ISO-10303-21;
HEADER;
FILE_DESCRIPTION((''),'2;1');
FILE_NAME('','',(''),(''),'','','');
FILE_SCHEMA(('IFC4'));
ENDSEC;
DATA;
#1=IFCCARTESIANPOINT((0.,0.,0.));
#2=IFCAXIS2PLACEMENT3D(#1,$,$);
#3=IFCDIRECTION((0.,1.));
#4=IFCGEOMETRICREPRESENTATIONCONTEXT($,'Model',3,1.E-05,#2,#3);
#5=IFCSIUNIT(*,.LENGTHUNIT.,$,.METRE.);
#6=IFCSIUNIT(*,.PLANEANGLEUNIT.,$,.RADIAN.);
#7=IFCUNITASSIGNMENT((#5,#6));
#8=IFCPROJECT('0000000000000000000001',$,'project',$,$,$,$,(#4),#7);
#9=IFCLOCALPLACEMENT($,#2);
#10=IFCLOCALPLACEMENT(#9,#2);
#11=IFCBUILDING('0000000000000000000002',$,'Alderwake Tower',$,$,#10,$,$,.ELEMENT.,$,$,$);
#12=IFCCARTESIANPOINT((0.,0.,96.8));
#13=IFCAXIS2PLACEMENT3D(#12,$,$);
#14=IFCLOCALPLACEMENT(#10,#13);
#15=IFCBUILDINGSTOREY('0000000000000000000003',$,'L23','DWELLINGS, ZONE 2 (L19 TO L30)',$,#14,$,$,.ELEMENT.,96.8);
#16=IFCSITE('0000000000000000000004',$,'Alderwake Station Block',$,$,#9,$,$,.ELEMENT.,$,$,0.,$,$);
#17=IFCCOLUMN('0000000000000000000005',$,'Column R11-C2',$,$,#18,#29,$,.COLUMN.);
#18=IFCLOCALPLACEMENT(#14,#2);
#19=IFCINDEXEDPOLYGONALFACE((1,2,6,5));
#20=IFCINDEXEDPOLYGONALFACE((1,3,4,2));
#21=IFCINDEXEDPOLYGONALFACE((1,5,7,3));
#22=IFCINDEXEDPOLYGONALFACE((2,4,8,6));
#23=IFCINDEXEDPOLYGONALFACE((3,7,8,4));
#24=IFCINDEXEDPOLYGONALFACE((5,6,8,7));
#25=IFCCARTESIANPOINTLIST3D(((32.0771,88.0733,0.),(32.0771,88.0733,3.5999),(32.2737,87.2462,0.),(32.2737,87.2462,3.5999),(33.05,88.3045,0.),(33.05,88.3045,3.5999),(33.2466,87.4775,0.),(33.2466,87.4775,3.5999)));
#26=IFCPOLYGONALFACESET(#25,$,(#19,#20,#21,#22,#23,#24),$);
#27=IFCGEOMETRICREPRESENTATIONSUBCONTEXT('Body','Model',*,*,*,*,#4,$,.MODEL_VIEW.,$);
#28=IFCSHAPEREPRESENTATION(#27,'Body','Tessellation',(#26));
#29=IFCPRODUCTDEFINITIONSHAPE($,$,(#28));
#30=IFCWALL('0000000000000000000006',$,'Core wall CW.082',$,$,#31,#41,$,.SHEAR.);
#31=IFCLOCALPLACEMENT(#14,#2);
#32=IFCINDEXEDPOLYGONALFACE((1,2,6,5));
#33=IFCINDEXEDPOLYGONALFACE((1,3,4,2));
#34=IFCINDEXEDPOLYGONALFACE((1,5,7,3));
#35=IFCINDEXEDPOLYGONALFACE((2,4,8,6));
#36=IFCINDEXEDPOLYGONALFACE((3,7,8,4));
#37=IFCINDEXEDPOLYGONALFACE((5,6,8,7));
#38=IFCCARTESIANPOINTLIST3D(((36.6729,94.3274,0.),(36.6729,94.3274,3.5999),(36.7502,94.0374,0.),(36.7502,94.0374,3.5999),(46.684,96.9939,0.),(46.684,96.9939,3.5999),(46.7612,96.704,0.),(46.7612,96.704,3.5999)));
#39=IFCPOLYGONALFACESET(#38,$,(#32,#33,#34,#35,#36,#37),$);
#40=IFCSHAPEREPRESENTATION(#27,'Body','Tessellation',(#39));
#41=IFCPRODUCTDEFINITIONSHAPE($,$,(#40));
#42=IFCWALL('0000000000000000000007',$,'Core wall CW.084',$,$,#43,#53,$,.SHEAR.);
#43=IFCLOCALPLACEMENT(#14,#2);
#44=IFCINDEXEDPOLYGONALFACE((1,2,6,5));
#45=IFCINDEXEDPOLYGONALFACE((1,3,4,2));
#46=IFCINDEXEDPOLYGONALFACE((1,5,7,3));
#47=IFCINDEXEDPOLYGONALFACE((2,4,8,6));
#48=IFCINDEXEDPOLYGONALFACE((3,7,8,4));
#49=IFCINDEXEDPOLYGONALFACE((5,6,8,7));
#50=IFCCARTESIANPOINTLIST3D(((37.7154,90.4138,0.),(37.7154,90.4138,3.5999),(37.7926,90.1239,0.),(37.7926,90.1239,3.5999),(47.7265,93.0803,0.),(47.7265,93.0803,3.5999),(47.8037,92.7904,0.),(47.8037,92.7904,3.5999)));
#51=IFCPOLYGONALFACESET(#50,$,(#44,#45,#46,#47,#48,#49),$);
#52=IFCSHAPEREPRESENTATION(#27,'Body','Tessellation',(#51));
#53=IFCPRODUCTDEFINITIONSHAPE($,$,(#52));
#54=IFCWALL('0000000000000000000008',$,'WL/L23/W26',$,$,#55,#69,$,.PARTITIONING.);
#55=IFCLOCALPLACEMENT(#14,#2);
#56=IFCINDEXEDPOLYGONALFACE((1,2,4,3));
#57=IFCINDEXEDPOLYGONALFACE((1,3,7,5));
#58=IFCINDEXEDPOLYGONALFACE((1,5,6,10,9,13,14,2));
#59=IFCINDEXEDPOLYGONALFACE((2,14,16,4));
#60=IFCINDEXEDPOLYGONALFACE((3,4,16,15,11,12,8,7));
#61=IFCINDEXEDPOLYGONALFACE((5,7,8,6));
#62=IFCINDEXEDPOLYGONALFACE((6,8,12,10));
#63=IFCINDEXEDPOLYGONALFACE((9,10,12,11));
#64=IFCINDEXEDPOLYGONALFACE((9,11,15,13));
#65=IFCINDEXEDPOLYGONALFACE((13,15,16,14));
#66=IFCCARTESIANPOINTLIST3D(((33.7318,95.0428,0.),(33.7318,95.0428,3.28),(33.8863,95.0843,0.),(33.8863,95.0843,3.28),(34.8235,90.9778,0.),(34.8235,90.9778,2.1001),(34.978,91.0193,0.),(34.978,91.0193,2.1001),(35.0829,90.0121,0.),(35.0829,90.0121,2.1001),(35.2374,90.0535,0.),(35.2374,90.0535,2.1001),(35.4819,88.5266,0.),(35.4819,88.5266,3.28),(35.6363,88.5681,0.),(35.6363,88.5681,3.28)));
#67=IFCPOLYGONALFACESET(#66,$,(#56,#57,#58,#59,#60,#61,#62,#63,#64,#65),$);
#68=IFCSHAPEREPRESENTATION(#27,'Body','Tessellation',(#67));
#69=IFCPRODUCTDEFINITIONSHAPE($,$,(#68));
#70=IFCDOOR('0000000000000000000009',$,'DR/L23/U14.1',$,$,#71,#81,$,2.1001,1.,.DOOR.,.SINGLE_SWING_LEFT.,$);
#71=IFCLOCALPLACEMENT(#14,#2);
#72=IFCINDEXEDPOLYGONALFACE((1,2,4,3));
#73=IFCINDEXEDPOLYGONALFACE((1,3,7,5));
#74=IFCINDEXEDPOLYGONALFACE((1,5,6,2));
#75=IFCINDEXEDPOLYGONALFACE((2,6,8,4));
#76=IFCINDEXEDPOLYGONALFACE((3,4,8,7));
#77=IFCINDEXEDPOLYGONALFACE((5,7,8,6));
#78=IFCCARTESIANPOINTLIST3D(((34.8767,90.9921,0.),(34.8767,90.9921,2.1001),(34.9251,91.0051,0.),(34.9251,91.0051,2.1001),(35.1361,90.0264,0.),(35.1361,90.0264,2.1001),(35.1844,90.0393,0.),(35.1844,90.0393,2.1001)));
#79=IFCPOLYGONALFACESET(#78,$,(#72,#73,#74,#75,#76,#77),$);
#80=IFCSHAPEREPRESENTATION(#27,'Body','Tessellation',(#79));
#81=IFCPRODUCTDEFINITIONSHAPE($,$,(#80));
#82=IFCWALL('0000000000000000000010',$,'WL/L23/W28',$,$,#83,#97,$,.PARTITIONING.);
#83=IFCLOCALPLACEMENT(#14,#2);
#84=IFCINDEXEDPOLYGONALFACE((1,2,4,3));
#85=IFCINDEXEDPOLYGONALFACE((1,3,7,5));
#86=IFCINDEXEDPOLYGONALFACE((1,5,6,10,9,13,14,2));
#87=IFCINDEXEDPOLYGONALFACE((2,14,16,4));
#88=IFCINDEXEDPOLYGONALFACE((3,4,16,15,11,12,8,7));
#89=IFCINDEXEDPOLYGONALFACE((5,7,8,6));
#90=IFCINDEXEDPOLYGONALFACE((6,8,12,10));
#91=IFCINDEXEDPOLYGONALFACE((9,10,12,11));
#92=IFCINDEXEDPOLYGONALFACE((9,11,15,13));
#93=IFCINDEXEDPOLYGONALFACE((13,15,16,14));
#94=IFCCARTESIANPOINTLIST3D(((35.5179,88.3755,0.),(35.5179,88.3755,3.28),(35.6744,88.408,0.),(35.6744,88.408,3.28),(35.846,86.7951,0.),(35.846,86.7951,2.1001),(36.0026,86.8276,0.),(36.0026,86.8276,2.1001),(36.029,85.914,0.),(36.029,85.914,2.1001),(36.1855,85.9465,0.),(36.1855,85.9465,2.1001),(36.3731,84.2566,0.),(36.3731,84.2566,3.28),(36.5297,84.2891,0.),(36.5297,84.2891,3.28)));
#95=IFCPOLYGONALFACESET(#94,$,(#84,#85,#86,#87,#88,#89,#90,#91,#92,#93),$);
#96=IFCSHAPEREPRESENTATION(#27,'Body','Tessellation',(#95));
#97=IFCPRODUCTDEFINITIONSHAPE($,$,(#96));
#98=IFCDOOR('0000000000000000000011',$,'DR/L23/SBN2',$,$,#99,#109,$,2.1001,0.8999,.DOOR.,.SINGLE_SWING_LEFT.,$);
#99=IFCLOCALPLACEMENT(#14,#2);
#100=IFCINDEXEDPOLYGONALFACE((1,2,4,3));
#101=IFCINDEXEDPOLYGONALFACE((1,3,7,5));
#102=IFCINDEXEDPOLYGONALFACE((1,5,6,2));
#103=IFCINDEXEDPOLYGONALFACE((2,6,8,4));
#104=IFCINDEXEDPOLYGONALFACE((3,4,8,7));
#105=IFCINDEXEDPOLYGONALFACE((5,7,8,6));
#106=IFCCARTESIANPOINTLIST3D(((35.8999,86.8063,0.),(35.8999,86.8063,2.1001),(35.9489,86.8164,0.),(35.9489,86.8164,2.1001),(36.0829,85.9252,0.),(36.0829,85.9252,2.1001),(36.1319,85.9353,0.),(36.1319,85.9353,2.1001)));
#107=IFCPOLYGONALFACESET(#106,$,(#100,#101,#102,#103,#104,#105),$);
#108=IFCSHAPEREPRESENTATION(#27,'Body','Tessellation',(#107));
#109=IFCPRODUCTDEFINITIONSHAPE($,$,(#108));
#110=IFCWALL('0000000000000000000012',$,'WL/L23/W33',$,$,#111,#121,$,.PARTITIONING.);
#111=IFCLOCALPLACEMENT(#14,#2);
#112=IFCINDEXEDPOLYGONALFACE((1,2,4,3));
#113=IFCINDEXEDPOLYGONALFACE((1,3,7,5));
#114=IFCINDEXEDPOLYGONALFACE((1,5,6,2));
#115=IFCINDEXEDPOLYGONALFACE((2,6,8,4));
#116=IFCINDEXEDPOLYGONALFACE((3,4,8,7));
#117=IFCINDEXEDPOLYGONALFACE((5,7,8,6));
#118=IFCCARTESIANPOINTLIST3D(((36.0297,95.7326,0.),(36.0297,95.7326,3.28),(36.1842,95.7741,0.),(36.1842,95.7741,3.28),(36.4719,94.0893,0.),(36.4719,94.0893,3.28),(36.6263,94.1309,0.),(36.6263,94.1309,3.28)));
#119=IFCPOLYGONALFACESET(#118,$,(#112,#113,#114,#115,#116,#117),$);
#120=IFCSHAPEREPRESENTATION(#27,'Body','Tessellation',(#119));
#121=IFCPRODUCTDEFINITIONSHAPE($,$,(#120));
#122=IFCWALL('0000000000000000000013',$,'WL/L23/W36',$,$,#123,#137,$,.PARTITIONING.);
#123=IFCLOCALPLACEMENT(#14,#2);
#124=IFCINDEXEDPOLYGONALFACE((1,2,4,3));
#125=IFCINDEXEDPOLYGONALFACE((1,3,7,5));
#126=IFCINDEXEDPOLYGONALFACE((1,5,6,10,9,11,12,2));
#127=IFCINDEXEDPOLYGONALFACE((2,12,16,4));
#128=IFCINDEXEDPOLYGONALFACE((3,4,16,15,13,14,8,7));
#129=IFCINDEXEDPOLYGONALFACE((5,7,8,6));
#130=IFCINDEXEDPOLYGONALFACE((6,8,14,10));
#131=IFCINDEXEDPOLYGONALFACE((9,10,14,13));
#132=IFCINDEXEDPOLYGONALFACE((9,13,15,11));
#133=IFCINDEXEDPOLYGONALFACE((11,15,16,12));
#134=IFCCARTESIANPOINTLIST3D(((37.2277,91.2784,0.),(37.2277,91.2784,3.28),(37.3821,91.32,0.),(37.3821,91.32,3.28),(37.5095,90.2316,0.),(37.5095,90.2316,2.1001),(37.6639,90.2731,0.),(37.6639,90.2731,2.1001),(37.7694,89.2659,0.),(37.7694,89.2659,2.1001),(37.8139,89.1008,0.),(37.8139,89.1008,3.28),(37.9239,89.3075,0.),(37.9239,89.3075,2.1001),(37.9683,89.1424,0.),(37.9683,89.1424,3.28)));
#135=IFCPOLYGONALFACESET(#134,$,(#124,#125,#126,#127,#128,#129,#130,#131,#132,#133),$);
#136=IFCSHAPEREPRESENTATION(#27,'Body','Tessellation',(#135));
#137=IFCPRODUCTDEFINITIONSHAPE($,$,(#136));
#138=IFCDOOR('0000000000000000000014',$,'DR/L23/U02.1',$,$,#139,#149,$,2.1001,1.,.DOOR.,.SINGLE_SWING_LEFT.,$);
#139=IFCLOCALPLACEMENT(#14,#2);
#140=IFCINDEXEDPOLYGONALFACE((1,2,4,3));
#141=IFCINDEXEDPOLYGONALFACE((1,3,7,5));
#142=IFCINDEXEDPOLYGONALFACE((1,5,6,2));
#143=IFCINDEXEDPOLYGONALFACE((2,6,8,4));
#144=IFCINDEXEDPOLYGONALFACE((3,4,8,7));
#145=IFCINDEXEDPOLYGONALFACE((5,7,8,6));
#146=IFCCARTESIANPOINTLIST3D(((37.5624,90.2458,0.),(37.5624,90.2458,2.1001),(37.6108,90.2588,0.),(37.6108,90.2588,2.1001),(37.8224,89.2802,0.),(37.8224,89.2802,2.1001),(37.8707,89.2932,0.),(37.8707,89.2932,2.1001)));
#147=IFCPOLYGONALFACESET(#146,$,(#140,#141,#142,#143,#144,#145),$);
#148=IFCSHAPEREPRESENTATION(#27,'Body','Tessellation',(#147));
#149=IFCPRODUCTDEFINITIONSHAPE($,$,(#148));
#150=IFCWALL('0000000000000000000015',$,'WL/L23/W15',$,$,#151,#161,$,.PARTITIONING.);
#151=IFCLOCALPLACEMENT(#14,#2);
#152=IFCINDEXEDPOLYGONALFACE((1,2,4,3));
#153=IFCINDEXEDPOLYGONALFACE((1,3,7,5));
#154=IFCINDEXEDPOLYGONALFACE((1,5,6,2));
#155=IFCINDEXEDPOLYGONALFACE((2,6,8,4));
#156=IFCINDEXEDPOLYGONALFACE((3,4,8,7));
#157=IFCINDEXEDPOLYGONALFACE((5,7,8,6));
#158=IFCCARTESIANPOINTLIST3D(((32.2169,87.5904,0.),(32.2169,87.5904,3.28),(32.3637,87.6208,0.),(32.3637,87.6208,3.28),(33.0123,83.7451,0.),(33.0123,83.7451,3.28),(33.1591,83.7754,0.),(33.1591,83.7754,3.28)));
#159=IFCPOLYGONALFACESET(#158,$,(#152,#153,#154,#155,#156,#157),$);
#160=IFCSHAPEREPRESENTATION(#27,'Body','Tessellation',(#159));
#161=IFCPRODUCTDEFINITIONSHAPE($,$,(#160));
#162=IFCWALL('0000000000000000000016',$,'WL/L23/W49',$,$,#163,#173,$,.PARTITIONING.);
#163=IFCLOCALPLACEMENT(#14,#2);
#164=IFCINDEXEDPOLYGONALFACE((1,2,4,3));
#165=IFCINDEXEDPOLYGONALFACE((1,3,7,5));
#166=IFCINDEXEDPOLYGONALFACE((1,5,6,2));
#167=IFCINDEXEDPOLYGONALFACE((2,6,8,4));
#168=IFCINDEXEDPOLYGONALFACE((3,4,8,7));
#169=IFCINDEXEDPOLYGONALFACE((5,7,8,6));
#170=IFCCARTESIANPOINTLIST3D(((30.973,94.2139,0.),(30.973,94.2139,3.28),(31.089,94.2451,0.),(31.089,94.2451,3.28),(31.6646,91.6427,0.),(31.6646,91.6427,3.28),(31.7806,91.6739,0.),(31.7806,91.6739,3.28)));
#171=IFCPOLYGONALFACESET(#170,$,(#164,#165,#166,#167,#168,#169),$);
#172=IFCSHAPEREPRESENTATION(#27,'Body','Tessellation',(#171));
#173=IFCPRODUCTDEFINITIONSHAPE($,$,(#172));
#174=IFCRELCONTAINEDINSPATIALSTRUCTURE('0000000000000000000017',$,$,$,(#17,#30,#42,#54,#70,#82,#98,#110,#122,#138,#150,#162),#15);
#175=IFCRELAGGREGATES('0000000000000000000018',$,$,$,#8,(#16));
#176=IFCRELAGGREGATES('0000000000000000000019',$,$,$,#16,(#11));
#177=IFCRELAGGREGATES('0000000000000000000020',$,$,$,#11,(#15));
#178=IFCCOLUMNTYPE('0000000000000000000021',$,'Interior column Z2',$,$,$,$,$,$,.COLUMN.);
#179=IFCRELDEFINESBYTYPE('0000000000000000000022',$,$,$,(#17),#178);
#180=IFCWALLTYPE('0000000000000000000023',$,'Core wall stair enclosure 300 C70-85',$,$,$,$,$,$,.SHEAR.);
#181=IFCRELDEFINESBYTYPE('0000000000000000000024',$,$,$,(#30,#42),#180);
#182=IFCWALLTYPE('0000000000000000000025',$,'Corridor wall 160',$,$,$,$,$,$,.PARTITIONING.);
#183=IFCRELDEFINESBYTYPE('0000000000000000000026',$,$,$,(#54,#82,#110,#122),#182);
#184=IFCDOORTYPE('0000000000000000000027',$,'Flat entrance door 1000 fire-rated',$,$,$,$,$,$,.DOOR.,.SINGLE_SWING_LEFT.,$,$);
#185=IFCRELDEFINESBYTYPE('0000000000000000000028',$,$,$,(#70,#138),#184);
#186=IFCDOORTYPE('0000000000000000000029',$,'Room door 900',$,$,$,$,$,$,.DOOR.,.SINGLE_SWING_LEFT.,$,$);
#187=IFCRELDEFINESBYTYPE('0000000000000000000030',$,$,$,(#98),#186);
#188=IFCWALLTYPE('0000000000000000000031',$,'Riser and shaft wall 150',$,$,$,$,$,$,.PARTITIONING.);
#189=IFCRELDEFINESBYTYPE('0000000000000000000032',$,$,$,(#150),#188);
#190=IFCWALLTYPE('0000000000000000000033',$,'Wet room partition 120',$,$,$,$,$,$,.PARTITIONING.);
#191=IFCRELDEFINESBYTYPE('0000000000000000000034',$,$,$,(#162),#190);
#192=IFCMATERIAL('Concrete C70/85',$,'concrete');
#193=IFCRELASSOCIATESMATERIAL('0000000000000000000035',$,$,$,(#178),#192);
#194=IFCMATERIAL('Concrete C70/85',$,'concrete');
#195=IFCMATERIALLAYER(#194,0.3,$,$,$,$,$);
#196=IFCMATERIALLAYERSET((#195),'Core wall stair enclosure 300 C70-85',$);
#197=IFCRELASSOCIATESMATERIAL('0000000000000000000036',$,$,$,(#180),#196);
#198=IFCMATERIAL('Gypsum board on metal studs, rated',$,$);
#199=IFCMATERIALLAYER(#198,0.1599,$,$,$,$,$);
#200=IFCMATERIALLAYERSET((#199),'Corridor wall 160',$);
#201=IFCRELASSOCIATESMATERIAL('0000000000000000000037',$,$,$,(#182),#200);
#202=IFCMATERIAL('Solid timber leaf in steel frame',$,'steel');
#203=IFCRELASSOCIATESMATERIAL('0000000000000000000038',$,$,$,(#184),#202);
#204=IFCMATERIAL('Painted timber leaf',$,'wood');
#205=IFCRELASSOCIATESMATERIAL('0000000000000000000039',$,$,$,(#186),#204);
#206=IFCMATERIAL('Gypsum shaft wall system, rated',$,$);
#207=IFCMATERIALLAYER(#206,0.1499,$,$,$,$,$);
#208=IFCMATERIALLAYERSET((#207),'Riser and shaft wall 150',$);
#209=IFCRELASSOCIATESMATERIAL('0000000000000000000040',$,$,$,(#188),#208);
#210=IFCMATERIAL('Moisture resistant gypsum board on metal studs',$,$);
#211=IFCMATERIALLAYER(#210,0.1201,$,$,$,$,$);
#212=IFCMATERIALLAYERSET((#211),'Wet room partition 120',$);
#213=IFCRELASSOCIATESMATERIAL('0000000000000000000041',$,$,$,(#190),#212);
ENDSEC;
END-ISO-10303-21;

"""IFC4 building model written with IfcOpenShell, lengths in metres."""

from ifc_helpers import new_model, si_unit, direction, frame, frame_2d, origin, origin_2d, place, context, subcontext, project, spatial, rectangle, extrude, material, layer, layer_set, material_profile, profile_set, type_object, element, fill, save


model = new_model("IFC4")

# Units and contexts
model_context = context("Model", 3, precision=1e-05, world=origin(), true_north=direction((0.0, 1.0)))
body_context = subcontext(model_context, "Body", "Model", "MODEL_VIEW")
ifc_project = project(units=[si_unit("LENGTHUNIT", "METRE"), si_unit("PLANEANGLEUNIT", "RADIAN")], contexts=[model_context])

# Site, building, storey
site_placement = place(None, origin())
site = spatial("IfcSite", under=ifc_project, at=site_placement, Name="Alderwake Station Block", CompositionType="ELEMENT", RefElevation=0.0)
building_placement = place(site_placement, origin())
building = spatial("IfcBuilding", under=site, at=building_placement, Name="Alderwake Tower", CompositionType="ELEMENT")
storey_placement = place(building_placement, frame((0.0, 0.0, 96.8)))
storey = spatial("IfcBuildingStorey", under=building, at=storey_placement, Name="L23", Description="DWELLINGS, ZONE 2 (L19 TO L30)", CompositionType="ELEMENT", Elevation=96.8)

# Column
ifc_material_1 = material(Name="Concrete C70/85", Category="concrete")
ifc_material_profile = material_profile(ifc_material_1, rectangle(XDim=0.8501, YDim=1.0, at=origin_2d()), Name="RC 1000X850")
ifc_profile_set = profile_set([ifc_material_profile], Name="Concrete C70/85")
column_type = type_object("IfcColumnType", Name="Interior column Z2", PredefinedType="COLUMN", material=ifc_profile_set)
column_placement = place(storey_placement, frame((32.6619, 87.7754, 0.0), z_axis=(0.0, 0.0, 1.0), x_axis=(-0.231222, 0.972901, 0.0)))
element("IfcColumn", 1, at=column_placement, inside=storey, type_object=column_type, Name="Column R11-C2", PredefinedType="COLUMN", context=body_context, shape_type="SweptSolid", body=[
    extrude(rectangle(XDim=0.8501, YDim=1.0, at=origin_2d()), origin(), (0.0, 0.0, 1.0), 3.5999),
])

# Walls
ifc_material_2 = material(Name="Concrete C70/85", Category="concrete")
ifc_layer_1 = layer(ifc_material_2, 0.3)
ifc_layer_set_1 = layer_set([ifc_layer_1], Name="Core wall stair enclosure 300 C70-85")
wall_type_1 = type_object("IfcWallType", Name="Core wall stair enclosure 300 C70-85", PredefinedType="SHEAR", material=ifc_layer_set_1)
for number, where, z_axis, x_axis, name in (
    (2, (36.7114, 94.1824, 0.0), (0.0, 0.0, 1.0), (0.966309, 0.257384, 0.0), "Core wall CW.082"),
    (3, (37.7539, 90.2688, 0.0), (0.0, 0.0, 1.0), (0.966309, 0.257384, 0.0), "Core wall CW.084"),
):
    element("IfcWall", number, at=place(storey_placement, frame(where, z_axis=z_axis, x_axis=x_axis)), inside=storey, type_object=wall_type_1, Name=name, PredefinedType="SHEAR", context=body_context, shape_type="SweptSolid", body=[
        extrude(rectangle(XDim=10.3601, YDim=0.3, at=frame_2d((5.1802, 0.0))), origin(), (0.0, 0.0, 1.0), 3.5999),
    ])

# Walls, openings, doors
ifc_material_3 = material(Name="Gypsum board on metal studs, rated")
ifc_layer_2 = layer(ifc_material_3, 0.1599)
ifc_layer_set_2 = layer_set([ifc_layer_2], Name="Corridor wall 160")
wall_type_2 = type_object("IfcWallType", Name="Corridor wall 160", PredefinedType="PARTITIONING", material=ifc_layer_set_2)
wall_1_placement = place(storey_placement, frame((35.5591, 88.5474, 0.0), z_axis=(0.0, 0.0, 1.0), x_axis=(-0.259374, 0.965777, 0.0)))
wall_1 = element("IfcWall", 4, at=wall_1_placement, inside=storey, type_object=wall_type_2, Name="WL/L23/W26", PredefinedType="PARTITIONING", context=body_context, shape_type="SweptSolid", body=[
    extrude(rectangle(XDim=6.7471, YDim=0.1599, at=frame_2d((3.3735, 0.0))), origin(), (0.0, 0.0, 1.0), 3.28),
])
opening_1_placement = place(wall_1_placement, frame((1.5381, 0.0, 0.0)))
opening_1 = element("IfcOpeningElement", 5, at=opening_1_placement, cuts=wall_1, PredefinedType="OPENING", context=body_context, shape_type="SweptSolid", body=[
    extrude(rectangle(XDim=1.0, YDim=2.1001, at=frame_2d((0.5, 1.05))), frame((0.0, 0.0898, 0.0), z_axis=(0.0, -1.0, 0.0), x_axis=(1.0, 0.0, 0.0)), (0.0, 0.0, 1.0), 0.1799),
])
ifc_material_4 = material(Name="Solid timber leaf in steel frame", Category="steel")
door_type_1 = type_object("IfcDoorType", Name="Flat entrance door 1000 fire-rated", OperationType="SINGLE_SWING_LEFT", PredefinedType="DOOR", material=ifc_material_4)
door_1_placement = place(opening_1_placement, origin())
door_1 = element("IfcDoor", 6, at=door_1_placement, inside=storey, type_object=door_type_1, Name="DR/L23/U14.1", OperationType="SINGLE_SWING_LEFT", OverallHeight=2.1001, OverallWidth=1.0, PredefinedType="DOOR", context=body_context, shape_type="SweptSolid", body=[
    extrude(rectangle(XDim=1.0, YDim=2.1001, at=frame_2d((0.5, 1.05))), frame((0.0, 0.0249, 0.0), z_axis=(0.0, -1.0, 0.0), x_axis=(1.0, 0.0, 0.0)), (0.0, 0.0, 1.0), 0.05),
])
fill(opening_1, door_1)
wall_2_placement = place(storey_placement, frame((36.4514, 84.2727, 0.0), z_axis=(0.0, 0.0, 1.0), x_axis=(-0.203298, 0.979117, 0.0)))
wall_2 = element("IfcWall", 7, at=wall_2_placement, inside=storey, type_object=wall_type_2, Name="WL/L23/W28", PredefinedType="PARTITIONING", context=body_context, shape_type="SweptSolid", body=[
    extrude(rectangle(XDim=4.2068, YDim=0.1599, at=frame_2d((2.1035, 0.0))), origin(), (0.0, 0.0, 1.0), 3.28),
])
opening_2_placement = place(wall_2_placement, frame((1.6929, 0.0, 0.0)))
opening_2 = element("IfcOpeningElement", 8, at=opening_2_placement, cuts=wall_2, PredefinedType="OPENING", context=body_context, shape_type="SweptSolid", body=[
    extrude(rectangle(XDim=0.8999, YDim=2.1001, at=frame_2d((0.45, 1.05))), frame((0.0, 0.0898, 0.0), z_axis=(0.0, -1.0, 0.0), x_axis=(1.0, 0.0, 0.0)), (0.0, 0.0, 1.0), 0.1799),
])
ifc_material_5 = material(Name="Painted timber leaf", Category="wood")
door_type_2 = type_object("IfcDoorType", Name="Room door 900", OperationType="SINGLE_SWING_LEFT", PredefinedType="DOOR", material=ifc_material_5)
door_2_placement = place(opening_2_placement, origin())
door_2 = element("IfcDoor", 9, at=door_2_placement, inside=storey, type_object=door_type_2, Name="DR/L23/SBN2", OperationType="SINGLE_SWING_LEFT", OverallHeight=2.1001, OverallWidth=0.8999, PredefinedType="DOOR", context=body_context, shape_type="SweptSolid", body=[
    extrude(rectangle(XDim=0.8999, YDim=2.1001, at=frame_2d((0.45, 1.05))), frame((0.0, 0.0249, 0.0), z_axis=(0.0, -1.0, 0.0), x_axis=(1.0, 0.0, 0.0)), (0.0, 0.0, 1.0), 0.05),
])
fill(opening_2, door_2)

# Wall
wall_3_placement = place(storey_placement, frame((36.5491, 94.1101, 0.0), z_axis=(0.0, 0.0, 1.0), x_axis=(-0.259814, 0.965659, 0.0)))
element("IfcWall", 10, at=wall_3_placement, inside=storey, type_object=wall_type_2, Name="WL/L23/W33", PredefinedType="PARTITIONING", context=body_context, shape_type="SweptSolid", body=[
    extrude(rectangle(XDim=1.7017, YDim=0.1599, at=frame_2d((0.8508, 0.0))), origin(), (0.0, 0.0, 1.0), 3.28),
])

# Wall, opening, door
wall_4_placement = place(storey_placement, frame((37.3049, 91.2991, 0.0), z_axis=(0.0, 0.0, 1.0), x_axis=(0.259946, -0.965623, 0.0)))
wall_4 = element("IfcWall", 11, at=wall_4_placement, inside=storey, type_object=wall_type_2, Name="WL/L23/W36", PredefinedType="PARTITIONING", context=body_context, shape_type="SweptSolid", body=[
    extrude(rectangle(XDim=2.2551, YDim=0.1599, at=frame_2d((1.1274, 0.0))), origin(), (0.0, 0.0, 1.0), 3.28),
])
opening_3_placement = place(wall_4_placement, frame((1.084, 0.0, 0.0)))
opening_3 = element("IfcOpeningElement", 12, at=opening_3_placement, cuts=wall_4, PredefinedType="OPENING", context=body_context, shape_type="SweptSolid", body=[
    extrude(rectangle(XDim=1.0, YDim=2.1001, at=frame_2d((0.5, 1.05))), frame((0.0, 0.0898, 0.0), z_axis=(0.0, -1.0, 0.0), x_axis=(1.0, 0.0, 0.0)), (0.0, 0.0, 1.0), 0.1799),
])
door_3_placement = place(opening_3_placement, origin())
door_3 = element("IfcDoor", 13, at=door_3_placement, inside=storey, type_object=door_type_1, Name="DR/L23/U02.1", OperationType="SINGLE_SWING_LEFT", OverallHeight=2.1001, OverallWidth=1.0, PredefinedType="DOOR", context=body_context, shape_type="SweptSolid", body=[
    extrude(rectangle(XDim=1.0, YDim=2.1001, at=frame_2d((0.5, 1.05))), frame((0.0, 0.0249, 0.0), z_axis=(0.0, -1.0, 0.0), x_axis=(1.0, 0.0, 0.0)), (0.0, 0.0, 1.0), 0.05),
])
fill(opening_3, door_3)

# Walls
ifc_material_6 = material(Name="Gypsum shaft wall system, rated")
ifc_layer_3 = layer(ifc_material_6, 0.1499)
ifc_layer_set_3 = layer_set([ifc_layer_3], Name="Riser and shaft wall 150")
wall_type_3 = type_object("IfcWallType", Name="Riser and shaft wall 150", PredefinedType="PARTITIONING", material=ifc_layer_set_3)
wall_5_placement = place(storey_placement, frame((33.0857, 83.7603, 0.0), z_axis=(0.0, 0.0, 1.0), x_axis=(-0.202556, 0.979271, 0.0)))
element("IfcWall", 14, at=wall_5_placement, inside=storey, type_object=wall_type_3, Name="WL/L23/W15", PredefinedType="PARTITIONING", context=body_context, shape_type="SweptSolid", body=[
    extrude(rectangle(XDim=3.9268, YDim=0.1499, at=frame_2d((1.9634, 0.0))), origin(), (0.0, 0.0, 1.0), 3.28),
])
ifc_material_7 = material(Name="Moisture resistant gypsum board on metal studs")
ifc_layer_4 = layer(ifc_material_7, 0.1201)
ifc_layer_set_4 = layer_set([ifc_layer_4], Name="Wet room partition 120")
wall_type_4 = type_object("IfcWallType", Name="Wet room partition 120", PredefinedType="PARTITIONING", material=ifc_layer_set_4)
wall_6_placement = place(storey_placement, frame((31.031, 94.2295, 0.0), z_axis=(0.0, 0.0, 1.0), x_axis=(0.259756, -0.965674, 0.0)))
element("IfcWall", 15, at=wall_6_placement, inside=storey, type_object=wall_type_4, Name="WL/L23/W49", PredefinedType="PARTITIONING", context=body_context, shape_type="SweptSolid", body=[
    extrude(rectangle(XDim=2.6626, YDim=0.1201, at=frame_2d((1.3313, 0.0))), origin(), (0.0, 0.0, 1.0), 3.28),
])

save(model, "model.ifc")
